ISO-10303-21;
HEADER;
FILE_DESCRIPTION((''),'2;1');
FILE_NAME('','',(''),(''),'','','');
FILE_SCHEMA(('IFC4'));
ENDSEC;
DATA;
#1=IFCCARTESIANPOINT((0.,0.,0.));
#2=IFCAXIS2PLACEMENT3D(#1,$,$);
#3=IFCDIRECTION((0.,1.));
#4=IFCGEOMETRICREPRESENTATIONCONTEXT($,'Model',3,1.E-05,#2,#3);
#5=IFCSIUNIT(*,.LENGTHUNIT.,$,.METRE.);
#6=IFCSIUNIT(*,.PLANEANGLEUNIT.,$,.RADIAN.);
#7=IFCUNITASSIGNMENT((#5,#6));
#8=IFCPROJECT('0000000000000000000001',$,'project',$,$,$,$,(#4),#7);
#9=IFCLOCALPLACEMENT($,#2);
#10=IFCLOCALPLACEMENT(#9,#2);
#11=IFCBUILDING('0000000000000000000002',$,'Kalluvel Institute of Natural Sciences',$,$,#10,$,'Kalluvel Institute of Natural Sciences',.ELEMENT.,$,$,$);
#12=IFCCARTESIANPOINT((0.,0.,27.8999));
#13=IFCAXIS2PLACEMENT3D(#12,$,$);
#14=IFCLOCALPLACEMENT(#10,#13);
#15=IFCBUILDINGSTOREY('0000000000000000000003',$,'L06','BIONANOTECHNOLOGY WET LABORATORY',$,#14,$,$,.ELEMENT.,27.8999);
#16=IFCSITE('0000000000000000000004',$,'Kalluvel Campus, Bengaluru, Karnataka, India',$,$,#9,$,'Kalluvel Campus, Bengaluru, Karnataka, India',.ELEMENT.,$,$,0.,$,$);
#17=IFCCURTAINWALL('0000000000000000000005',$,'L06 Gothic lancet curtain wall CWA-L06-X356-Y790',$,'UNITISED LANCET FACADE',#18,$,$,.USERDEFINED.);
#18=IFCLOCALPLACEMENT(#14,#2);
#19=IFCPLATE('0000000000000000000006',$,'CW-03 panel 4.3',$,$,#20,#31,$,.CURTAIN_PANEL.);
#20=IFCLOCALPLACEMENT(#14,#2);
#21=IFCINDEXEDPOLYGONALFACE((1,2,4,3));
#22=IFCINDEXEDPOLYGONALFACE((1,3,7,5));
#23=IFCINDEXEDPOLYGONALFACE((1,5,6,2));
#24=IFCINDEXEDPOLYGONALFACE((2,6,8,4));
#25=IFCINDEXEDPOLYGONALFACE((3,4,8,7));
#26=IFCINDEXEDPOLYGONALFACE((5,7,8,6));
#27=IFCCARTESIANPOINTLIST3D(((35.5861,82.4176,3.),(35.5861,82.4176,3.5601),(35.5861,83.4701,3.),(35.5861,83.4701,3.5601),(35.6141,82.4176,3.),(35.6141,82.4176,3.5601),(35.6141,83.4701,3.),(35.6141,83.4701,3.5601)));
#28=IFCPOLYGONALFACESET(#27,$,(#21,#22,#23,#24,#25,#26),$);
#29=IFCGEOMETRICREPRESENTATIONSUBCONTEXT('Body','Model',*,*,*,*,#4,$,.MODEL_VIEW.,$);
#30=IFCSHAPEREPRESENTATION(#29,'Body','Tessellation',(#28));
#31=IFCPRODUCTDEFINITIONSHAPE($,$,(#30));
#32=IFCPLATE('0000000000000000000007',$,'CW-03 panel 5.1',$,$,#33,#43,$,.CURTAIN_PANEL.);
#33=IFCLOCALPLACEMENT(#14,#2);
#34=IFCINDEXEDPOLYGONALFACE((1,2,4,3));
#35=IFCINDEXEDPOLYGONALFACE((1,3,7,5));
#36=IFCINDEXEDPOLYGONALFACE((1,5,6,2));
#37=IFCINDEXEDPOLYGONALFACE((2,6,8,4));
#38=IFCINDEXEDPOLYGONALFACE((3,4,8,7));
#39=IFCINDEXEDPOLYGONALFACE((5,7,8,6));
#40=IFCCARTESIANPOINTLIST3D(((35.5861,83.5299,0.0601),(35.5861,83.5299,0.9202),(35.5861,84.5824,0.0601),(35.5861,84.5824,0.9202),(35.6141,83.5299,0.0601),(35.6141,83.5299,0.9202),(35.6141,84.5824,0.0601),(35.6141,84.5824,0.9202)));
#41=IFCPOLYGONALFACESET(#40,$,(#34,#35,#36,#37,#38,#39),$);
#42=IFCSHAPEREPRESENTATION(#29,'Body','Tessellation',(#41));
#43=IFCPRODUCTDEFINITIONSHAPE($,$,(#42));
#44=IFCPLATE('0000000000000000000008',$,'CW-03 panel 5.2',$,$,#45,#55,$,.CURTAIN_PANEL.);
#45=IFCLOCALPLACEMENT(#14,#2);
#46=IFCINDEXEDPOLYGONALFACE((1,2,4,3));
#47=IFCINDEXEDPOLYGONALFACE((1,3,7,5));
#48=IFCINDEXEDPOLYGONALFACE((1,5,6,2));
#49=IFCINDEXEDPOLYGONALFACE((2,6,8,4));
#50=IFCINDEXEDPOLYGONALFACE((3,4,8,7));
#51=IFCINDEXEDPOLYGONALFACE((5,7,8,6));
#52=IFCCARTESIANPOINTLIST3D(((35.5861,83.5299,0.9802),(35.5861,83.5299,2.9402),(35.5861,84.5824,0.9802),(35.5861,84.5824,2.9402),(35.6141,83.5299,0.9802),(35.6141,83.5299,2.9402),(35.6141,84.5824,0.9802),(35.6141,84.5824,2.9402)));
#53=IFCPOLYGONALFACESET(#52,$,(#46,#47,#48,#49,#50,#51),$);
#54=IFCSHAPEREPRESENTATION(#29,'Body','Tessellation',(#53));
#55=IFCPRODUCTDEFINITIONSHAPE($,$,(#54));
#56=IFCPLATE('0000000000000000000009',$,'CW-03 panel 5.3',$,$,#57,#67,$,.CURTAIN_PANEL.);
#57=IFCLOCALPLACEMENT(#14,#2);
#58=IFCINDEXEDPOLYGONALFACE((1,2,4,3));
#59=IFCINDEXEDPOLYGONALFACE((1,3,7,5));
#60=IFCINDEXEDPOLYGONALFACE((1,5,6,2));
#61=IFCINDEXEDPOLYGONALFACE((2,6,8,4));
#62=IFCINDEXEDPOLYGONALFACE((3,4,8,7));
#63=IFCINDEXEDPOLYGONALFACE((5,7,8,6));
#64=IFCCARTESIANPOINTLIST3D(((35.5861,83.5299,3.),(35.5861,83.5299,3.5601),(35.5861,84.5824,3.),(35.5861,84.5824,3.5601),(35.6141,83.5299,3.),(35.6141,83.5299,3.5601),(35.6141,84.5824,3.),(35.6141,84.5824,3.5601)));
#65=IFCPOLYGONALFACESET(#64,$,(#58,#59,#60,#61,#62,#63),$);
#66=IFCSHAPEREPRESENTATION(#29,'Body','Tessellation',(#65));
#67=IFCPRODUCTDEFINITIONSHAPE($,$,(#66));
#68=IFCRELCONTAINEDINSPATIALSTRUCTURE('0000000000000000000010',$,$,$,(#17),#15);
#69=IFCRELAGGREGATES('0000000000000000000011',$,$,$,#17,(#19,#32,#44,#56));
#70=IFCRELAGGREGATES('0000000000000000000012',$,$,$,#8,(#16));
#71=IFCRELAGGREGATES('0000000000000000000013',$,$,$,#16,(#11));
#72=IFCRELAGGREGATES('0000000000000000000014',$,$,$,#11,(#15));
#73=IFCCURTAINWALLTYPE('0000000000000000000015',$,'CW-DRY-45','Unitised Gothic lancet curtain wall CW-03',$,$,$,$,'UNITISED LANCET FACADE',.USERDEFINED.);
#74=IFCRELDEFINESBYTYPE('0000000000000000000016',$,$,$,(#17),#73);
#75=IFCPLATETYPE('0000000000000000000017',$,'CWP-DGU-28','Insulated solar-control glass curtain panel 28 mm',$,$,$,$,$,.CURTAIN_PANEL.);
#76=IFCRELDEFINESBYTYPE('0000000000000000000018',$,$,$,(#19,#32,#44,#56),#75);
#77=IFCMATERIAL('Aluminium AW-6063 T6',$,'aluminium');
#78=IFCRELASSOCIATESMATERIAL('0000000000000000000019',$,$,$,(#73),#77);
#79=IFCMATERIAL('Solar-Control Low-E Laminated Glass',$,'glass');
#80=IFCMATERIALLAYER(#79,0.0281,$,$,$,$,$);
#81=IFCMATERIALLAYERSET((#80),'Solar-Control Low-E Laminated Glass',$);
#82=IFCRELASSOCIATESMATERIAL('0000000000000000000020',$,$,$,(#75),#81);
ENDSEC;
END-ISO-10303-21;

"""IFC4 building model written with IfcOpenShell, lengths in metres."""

from ifc_helpers import new_model, si_unit, direction, frame, origin, origin_2d, place, context, subcontext, project, spatial, rectangle, extrude, material, layer, layer_set, type_object, element, aggregate, save


model = new_model("IFC4")

# Units and contexts
model_context = context("Model", 3, precision=1e-05, world=origin(), true_north=direction((0.0, 1.0)))
body_context = subcontext(model_context, "Body", "Model", "MODEL_VIEW")
ifc_project = project(units=[si_unit("LENGTHUNIT", "METRE"), si_unit("PLANEANGLEUNIT", "RADIAN")], contexts=[model_context])

# Site, building, storey
site_placement = place(None, origin())
site = spatial("IfcSite", under=ifc_project, at=site_placement, Name="Kalluvel Campus, Bengaluru, Karnataka, India", LongName="Kalluvel Campus, Bengaluru, Karnataka, India", CompositionType="ELEMENT", RefElevation=0.0)
building_placement = place(site_placement, origin())
building = spatial("IfcBuilding", under=site, at=building_placement, Name="Kalluvel Institute of Natural Sciences", LongName="Kalluvel Institute of Natural Sciences", CompositionType="ELEMENT")
storey_placement = place(building_placement, frame((0.0, 0.0, 27.8999)))
storey = spatial("IfcBuildingStorey", under=building, at=storey_placement, Name="L06", Description="BIONANOTECHNOLOGY WET LABORATORY", CompositionType="ELEMENT", Elevation=27.8999)

# Curtain wall, plates
ifc_material_1 = material(Name="Aluminium AW-6063 T6", Category="aluminium")
curtain_wall_type = type_object("IfcCurtainWallType", Name="CW-DRY-45", Description="Unitised Gothic lancet curtain wall CW-03", ElementType="UNITISED LANCET FACADE", PredefinedType="USERDEFINED", material=ifc_material_1)
curtain_wall_placement = place(storey_placement, origin())
curtain_wall = element("IfcCurtainWall", 1, at=curtain_wall_placement, inside=storey, type_object=curtain_wall_type, Name="L06 Gothic lancet curtain wall CWA-L06-X356-Y790", ObjectType="UNITISED LANCET FACADE", PredefinedType="USERDEFINED")
ifc_material_2 = material(Name="Solar-Control Low-E Laminated Glass", Category="glass")
ifc_layer = layer(ifc_material_2, 0.0281)
ifc_layer_set = layer_set([ifc_layer], Name="Solar-Control Low-E Laminated Glass")
plate_type = type_object("IfcPlateType", Name="CWP-DGU-28", Description="Insulated solar-control glass curtain panel 28 mm", PredefinedType="CURTAIN_PANEL", material=ifc_layer_set)
plate_1_placement = place(storey_placement, frame((35.6001, 82.9438, 3.0), z_axis=(0.0, 0.0, 1.0), x_axis=(0.0, 1.0, 0.0)))
plate_1 = element("IfcPlate", 2, at=plate_1_placement, type_object=plate_type, Name="CW-03 panel 4.3", PredefinedType="CURTAIN_PANEL", context=body_context, shape_type="SweptSolid", body=[
    extrude(rectangle(XDim=1.0525, YDim=0.0281, at=origin_2d()), origin(), (0.0, 0.0, 1.0), 0.5601),
])
plate_2_placement = place(storey_placement, frame((35.6001, 84.0562, 0.0601), z_axis=(0.0, 0.0, 1.0), x_axis=(0.0, 1.0, 0.0)))
plate_2 = element("IfcPlate", 3, at=plate_2_placement, type_object=plate_type, Name="CW-03 panel 5.1", PredefinedType="CURTAIN_PANEL", context=body_context, shape_type="SweptSolid", body=[
    extrude(rectangle(XDim=1.0525, YDim=0.0281, at=origin_2d()), origin(), (0.0, 0.0, 1.0), 0.8601),
])
plate_3_placement = place(storey_placement, frame((35.6001, 84.0562, 0.9802), z_axis=(0.0, 0.0, 1.0), x_axis=(0.0, 1.0, 0.0)))
plate_3 = element("IfcPlate", 4, at=plate_3_placement, type_object=plate_type, Name="CW-03 panel 5.2", PredefinedType="CURTAIN_PANEL", context=body_context, shape_type="SweptSolid", body=[
    extrude(rectangle(XDim=1.0525, YDim=0.0281, at=origin_2d()), origin(), (0.0, 0.0, 1.0), 1.96),
])
plate_4_placement = place(storey_placement, frame((35.6001, 84.0562, 3.0), z_axis=(0.0, 0.0, 1.0), x_axis=(0.0, 1.0, 0.0)))
plate_4 = element("IfcPlate", 5, at=plate_4_placement, type_object=plate_type, Name="CW-03 panel 5.3", PredefinedType="CURTAIN_PANEL", context=body_context, shape_type="SweptSolid", body=[
    extrude(rectangle(XDim=1.0525, YDim=0.0281, at=origin_2d()), origin(), (0.0, 0.0, 1.0), 0.5601),
])
aggregate(curtain_wall, [plate_1, plate_2, plate_3, plate_4])

save(model, "model.ifc")
